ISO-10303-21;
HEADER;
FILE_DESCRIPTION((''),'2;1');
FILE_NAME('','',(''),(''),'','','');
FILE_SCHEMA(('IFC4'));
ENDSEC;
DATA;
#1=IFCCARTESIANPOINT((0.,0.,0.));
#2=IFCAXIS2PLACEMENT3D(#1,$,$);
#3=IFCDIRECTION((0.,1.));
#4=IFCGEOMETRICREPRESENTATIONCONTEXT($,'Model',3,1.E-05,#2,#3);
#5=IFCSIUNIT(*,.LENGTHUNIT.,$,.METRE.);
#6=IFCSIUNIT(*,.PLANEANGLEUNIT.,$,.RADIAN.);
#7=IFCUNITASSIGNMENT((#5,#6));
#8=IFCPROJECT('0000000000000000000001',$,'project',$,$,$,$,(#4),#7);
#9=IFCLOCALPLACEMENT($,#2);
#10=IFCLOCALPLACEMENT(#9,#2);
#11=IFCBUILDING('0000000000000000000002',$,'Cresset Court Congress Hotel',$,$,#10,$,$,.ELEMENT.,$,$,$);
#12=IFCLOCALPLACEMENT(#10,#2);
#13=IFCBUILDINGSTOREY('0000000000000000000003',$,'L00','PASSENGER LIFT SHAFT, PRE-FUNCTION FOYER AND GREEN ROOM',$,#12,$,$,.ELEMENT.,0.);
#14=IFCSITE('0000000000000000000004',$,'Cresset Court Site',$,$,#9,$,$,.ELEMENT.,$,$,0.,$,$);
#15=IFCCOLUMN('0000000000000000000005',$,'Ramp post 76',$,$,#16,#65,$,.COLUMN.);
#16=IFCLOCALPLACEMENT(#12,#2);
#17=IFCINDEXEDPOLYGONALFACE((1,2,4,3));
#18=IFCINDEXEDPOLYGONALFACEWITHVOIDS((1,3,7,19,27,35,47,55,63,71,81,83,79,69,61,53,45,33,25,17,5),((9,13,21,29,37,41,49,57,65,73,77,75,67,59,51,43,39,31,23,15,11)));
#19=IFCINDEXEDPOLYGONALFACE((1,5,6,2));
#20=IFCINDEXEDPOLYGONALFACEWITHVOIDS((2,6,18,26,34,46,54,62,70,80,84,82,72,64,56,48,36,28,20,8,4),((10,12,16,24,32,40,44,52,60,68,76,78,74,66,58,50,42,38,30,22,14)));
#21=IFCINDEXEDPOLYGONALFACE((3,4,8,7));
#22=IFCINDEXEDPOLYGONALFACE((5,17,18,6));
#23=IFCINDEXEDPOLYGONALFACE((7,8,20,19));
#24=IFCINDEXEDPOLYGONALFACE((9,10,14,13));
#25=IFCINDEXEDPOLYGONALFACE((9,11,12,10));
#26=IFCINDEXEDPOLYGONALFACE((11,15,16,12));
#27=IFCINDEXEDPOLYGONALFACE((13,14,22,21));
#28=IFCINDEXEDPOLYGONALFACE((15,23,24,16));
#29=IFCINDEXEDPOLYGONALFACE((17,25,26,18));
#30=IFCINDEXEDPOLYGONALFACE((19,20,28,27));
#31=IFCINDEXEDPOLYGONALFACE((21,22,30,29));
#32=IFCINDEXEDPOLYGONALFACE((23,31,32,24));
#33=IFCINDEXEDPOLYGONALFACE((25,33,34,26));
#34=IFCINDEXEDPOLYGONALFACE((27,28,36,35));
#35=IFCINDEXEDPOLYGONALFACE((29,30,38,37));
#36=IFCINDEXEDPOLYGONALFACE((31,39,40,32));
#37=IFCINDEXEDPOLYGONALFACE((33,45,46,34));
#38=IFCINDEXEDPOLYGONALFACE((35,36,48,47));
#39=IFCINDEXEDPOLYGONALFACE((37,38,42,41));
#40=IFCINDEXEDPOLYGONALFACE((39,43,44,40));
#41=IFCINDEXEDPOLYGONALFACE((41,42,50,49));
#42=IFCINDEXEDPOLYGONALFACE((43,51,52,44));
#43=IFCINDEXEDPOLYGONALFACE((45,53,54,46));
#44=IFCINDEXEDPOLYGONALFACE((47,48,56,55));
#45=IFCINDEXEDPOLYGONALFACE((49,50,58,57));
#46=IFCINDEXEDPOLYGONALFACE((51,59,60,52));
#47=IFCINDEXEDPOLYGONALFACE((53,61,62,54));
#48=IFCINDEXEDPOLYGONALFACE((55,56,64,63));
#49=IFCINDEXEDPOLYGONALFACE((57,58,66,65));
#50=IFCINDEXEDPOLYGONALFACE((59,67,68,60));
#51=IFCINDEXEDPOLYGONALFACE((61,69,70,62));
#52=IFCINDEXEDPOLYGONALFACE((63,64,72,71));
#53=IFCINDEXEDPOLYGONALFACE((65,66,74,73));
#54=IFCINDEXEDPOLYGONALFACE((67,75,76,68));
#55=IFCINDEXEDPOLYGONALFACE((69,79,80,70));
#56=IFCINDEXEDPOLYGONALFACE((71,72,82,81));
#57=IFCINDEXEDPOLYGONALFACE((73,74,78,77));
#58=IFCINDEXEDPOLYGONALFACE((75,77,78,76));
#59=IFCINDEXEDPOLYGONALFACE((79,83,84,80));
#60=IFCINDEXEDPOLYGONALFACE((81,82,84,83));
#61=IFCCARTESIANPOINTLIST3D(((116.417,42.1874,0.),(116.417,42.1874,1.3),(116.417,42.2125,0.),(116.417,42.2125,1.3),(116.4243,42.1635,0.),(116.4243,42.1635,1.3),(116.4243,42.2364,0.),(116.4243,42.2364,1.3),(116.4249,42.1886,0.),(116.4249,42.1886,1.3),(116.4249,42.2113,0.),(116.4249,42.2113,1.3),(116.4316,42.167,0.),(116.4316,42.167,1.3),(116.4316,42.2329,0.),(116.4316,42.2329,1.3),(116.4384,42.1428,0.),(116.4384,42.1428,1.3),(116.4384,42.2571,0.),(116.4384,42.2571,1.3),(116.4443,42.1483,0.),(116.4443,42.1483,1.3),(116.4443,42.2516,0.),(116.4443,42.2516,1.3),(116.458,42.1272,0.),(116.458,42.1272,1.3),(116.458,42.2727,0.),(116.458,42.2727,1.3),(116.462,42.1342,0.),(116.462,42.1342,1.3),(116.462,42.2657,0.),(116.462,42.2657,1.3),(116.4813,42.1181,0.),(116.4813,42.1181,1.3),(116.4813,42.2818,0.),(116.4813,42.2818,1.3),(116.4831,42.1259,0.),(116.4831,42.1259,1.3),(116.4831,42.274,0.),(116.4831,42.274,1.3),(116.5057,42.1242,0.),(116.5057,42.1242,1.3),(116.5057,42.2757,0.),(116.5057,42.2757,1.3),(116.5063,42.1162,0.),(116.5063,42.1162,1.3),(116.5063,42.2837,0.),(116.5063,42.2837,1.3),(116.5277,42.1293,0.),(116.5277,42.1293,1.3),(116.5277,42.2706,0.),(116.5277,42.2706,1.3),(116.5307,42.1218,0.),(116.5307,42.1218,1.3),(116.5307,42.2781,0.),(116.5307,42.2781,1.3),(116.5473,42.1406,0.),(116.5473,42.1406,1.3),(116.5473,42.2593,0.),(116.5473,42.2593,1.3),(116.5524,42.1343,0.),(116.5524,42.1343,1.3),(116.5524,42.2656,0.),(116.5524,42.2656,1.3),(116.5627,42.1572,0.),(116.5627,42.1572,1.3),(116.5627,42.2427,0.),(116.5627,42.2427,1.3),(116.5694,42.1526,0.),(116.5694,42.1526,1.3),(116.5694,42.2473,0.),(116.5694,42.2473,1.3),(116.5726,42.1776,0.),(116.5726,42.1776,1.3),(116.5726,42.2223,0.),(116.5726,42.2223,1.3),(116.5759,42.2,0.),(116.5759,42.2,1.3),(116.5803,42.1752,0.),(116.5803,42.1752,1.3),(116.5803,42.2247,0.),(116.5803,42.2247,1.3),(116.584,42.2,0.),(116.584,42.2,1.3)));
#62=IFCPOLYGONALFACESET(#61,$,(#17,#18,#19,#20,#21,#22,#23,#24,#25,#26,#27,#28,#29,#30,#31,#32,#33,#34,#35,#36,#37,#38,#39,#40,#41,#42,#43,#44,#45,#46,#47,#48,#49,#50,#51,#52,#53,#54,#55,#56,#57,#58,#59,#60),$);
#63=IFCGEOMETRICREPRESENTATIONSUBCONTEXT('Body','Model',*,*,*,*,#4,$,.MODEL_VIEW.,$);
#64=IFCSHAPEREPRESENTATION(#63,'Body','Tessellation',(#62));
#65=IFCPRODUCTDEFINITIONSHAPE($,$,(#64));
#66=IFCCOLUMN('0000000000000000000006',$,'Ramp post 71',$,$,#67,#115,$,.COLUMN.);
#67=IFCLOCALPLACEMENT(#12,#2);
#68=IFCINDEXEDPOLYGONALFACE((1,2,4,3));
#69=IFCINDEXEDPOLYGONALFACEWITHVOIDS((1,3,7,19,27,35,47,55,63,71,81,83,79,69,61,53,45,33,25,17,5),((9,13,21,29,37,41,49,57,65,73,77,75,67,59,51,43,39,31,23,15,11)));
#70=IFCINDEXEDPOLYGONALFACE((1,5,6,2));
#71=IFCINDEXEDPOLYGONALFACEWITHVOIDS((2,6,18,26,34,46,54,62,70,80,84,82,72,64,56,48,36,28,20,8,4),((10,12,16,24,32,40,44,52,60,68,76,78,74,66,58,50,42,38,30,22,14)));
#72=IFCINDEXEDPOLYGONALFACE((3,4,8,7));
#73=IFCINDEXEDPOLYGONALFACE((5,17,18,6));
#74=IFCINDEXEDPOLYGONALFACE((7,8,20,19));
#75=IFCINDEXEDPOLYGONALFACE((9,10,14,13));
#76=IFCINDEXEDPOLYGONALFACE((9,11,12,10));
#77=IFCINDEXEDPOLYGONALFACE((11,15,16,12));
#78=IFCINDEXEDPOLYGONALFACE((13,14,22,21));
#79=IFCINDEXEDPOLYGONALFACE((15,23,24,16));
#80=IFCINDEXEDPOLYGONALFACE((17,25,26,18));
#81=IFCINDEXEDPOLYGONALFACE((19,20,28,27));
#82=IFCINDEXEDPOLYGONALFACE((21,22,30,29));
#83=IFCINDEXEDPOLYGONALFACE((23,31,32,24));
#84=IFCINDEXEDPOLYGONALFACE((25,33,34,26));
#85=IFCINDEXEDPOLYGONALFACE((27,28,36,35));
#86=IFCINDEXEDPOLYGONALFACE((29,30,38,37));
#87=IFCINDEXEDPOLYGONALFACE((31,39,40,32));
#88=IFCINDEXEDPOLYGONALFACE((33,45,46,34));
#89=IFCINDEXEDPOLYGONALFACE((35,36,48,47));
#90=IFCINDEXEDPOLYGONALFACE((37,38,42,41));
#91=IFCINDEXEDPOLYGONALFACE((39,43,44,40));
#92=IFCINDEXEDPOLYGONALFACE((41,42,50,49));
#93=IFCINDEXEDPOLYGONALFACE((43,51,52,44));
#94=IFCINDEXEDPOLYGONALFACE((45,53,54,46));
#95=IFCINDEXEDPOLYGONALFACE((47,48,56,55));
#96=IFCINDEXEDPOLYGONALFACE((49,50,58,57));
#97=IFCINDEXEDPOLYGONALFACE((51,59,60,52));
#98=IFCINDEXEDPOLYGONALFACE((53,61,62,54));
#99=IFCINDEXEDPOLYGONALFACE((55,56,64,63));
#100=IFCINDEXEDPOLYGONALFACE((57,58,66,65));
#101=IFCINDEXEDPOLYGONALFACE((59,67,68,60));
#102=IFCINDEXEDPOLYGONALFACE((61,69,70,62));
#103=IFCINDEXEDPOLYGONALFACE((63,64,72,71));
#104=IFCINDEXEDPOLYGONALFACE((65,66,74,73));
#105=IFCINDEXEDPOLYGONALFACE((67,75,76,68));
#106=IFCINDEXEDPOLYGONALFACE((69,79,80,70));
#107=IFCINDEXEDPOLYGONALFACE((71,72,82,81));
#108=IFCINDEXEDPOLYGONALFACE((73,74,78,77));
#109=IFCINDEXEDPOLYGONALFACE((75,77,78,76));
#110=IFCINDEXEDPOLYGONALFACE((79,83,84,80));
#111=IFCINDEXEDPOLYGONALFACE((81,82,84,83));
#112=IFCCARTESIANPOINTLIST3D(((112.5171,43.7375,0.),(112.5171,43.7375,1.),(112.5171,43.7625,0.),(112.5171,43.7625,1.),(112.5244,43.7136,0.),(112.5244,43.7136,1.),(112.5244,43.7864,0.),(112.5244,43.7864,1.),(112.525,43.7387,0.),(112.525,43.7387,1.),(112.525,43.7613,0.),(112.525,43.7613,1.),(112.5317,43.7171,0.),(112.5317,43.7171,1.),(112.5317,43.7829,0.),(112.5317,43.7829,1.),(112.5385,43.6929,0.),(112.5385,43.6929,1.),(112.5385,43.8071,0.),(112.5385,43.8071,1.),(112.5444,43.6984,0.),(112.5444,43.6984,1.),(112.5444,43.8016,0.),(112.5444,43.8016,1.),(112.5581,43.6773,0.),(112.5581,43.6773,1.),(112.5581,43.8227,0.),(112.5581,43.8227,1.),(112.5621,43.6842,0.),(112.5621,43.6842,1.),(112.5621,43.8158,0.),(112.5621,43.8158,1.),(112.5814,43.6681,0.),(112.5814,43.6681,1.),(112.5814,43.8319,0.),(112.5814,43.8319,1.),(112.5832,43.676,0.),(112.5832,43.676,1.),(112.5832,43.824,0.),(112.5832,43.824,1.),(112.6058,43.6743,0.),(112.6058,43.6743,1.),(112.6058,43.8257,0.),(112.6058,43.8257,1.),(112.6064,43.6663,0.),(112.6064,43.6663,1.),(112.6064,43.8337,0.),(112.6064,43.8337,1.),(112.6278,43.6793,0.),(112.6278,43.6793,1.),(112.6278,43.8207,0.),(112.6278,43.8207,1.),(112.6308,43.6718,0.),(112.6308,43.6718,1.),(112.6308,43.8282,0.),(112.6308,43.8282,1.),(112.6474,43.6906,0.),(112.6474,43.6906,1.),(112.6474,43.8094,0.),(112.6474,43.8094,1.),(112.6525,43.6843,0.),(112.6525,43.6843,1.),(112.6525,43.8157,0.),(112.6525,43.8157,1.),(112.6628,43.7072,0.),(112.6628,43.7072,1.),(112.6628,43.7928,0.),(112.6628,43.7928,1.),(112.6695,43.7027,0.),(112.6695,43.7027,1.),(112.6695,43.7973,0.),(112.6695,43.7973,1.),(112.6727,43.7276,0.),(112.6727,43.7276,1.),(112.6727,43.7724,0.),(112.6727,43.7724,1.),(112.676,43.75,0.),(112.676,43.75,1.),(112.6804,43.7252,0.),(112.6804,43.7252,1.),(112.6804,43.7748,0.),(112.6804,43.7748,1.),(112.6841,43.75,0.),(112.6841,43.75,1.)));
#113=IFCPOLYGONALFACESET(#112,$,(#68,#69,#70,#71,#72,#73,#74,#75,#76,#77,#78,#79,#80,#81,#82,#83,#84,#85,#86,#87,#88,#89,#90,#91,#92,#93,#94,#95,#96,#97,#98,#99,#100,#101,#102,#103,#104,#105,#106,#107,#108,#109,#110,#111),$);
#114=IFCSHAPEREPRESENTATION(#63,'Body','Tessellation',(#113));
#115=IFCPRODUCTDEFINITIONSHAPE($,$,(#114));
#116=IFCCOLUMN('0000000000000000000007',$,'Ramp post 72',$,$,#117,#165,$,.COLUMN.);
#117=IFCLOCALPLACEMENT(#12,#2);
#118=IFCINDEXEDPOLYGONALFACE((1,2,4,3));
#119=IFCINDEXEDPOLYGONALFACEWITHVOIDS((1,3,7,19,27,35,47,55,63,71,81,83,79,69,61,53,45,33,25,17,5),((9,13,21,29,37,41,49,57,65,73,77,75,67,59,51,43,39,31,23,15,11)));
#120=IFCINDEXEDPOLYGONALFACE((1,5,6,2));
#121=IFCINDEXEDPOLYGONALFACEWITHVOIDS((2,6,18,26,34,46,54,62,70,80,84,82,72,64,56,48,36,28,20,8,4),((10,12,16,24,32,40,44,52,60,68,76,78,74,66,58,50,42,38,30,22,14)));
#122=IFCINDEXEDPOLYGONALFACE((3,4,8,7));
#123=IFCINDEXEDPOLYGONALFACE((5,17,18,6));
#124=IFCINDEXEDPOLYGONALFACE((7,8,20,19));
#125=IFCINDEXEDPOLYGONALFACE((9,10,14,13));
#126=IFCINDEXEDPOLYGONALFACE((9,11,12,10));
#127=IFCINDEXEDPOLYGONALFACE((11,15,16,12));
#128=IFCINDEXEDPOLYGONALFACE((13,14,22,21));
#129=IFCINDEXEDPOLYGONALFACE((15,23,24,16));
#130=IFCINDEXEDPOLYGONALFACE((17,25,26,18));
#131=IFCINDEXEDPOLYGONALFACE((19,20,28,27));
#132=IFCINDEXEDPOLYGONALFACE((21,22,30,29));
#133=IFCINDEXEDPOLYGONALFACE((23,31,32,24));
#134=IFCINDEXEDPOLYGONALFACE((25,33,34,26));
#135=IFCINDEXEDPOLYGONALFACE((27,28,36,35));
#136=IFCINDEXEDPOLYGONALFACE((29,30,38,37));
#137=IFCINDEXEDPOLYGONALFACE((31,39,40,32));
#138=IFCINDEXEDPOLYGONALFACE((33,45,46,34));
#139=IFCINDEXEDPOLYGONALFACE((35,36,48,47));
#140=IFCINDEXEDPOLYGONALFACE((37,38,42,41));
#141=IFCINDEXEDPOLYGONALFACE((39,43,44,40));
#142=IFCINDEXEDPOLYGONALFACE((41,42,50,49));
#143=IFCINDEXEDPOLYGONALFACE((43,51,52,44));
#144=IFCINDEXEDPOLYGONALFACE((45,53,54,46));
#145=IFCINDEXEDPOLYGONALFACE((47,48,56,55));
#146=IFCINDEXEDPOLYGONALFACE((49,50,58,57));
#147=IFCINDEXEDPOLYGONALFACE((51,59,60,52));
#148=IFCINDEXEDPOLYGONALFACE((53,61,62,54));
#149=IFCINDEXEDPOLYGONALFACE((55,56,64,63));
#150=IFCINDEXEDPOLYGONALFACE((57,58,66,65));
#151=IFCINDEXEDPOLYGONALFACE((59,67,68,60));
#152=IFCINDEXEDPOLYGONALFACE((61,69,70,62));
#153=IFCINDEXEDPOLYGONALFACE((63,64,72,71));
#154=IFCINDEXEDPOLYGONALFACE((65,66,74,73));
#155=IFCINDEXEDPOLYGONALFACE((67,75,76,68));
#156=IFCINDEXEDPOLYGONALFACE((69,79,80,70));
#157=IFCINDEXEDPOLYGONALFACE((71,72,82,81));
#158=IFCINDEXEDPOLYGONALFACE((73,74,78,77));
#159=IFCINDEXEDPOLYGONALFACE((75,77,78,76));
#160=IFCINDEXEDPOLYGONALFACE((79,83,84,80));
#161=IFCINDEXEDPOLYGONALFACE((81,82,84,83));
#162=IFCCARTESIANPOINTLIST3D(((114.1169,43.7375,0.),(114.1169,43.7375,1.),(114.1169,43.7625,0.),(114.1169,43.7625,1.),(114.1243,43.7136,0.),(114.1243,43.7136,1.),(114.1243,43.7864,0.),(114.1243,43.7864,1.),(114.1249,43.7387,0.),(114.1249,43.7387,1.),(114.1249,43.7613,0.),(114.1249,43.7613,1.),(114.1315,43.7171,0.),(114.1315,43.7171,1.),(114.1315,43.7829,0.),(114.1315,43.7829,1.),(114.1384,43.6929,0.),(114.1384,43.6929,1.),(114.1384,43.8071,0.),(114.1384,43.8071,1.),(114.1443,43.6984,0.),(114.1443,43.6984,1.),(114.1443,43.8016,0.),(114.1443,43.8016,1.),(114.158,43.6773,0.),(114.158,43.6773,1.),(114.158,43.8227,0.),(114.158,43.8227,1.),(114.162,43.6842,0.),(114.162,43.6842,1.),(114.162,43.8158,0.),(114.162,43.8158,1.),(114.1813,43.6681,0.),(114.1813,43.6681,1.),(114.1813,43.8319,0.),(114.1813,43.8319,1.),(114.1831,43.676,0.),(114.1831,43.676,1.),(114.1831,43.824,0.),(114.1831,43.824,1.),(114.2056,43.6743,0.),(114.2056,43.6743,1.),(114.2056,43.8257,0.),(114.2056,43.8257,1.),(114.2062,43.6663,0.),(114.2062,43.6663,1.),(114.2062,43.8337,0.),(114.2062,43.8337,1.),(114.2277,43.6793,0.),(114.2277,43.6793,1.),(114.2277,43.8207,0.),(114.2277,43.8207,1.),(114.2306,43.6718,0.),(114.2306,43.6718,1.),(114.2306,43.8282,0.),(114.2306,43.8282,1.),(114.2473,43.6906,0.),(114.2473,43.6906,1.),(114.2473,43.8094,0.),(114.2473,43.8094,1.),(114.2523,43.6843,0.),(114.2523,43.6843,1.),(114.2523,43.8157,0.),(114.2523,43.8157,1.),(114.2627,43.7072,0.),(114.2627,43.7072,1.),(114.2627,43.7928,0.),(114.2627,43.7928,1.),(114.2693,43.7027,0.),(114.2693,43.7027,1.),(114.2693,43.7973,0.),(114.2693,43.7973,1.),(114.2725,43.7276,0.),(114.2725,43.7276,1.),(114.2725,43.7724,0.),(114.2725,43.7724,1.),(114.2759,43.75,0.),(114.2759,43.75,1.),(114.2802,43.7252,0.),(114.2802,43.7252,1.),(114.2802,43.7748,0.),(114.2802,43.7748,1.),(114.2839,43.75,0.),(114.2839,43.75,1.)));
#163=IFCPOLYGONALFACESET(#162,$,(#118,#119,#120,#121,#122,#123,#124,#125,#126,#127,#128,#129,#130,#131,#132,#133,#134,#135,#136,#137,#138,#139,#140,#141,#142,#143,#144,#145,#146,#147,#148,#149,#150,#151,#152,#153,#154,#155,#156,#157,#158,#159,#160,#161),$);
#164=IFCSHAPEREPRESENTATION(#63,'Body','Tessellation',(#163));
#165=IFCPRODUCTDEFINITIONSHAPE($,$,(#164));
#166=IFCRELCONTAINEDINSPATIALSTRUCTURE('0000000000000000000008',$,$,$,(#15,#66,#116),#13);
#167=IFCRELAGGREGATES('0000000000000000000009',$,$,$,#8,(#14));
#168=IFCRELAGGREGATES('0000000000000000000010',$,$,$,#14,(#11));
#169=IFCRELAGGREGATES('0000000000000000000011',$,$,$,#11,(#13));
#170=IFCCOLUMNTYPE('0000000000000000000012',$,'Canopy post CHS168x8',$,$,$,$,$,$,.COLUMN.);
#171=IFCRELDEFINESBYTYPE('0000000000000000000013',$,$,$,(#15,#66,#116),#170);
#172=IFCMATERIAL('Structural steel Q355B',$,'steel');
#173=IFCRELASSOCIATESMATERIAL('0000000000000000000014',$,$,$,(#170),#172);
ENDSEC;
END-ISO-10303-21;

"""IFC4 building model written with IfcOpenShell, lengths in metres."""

from ifc_helpers import new_model, si_unit, direction, frame, origin, origin_2d, place, context, subcontext, project, spatial, hollow_circle, extrude, material, material_profile, profile_set, type_object, element, save


model = new_model("IFC4")

# Units and contexts
model_context = context("Model", 3, precision=1e-05, world=origin(), true_north=direction((0.0, 1.0)))
body_context = subcontext(model_context, "Body", "Model", "MODEL_VIEW")
ifc_project = project(units=[si_unit("LENGTHUNIT", "METRE"), si_unit("PLANEANGLEUNIT", "RADIAN")], contexts=[model_context])

# Site, building, storey
site_placement = place(None, origin())
site = spatial("IfcSite", under=ifc_project, at=site_placement, Name="Cresset Court Site", CompositionType="ELEMENT", RefElevation=0.0)
building_placement = place(site_placement, origin())
building = spatial("IfcBuilding", under=site, at=building_placement, Name="Cresset Court Congress Hotel", CompositionType="ELEMENT")
storey_placement = place(building_placement, origin())
storey = spatial("IfcBuildingStorey", under=building, at=storey_placement, Name="L00", Description="PASSENGER LIFT SHAFT, PRE-FUNCTION FOYER AND GREEN ROOM", CompositionType="ELEMENT", Elevation=0.0)

# Columns
ifc_material_1 = material(Name="Structural steel Q355B", Category="steel")
ifc_material_profile_1 = material_profile(ifc_material_1, hollow_circle(Radius=0.084, WallThickness=0.0081, at=origin_2d()), Name="CHS168x8")
ifc_profile_set_1 = profile_set([ifc_material_profile_1], Name="Structural steel Q355B")
column_type = type_object("IfcColumnType", Name="Canopy post CHS168x8", PredefinedType="COLUMN", material=ifc_profile_set_1)
for number, where, z_axis, x_axis, name in (
    (1, (116.5, 42.2, 0.0), (0.0, 0.0, 1.0), (1.0, 0.0, 0.0), "Ramp post 76"),
):
    element("IfcColumn", number, at=place(storey_placement, frame(where, z_axis=z_axis, x_axis=x_axis)), inside=storey, type_object=column_type, Name=name, PredefinedType="COLUMN", context=body_context, shape_type="SweptSolid", body=[
        extrude(hollow_circle(Radius=0.084, WallThickness=0.0081, at=origin_2d()), origin(), (0.0, 0.0, 1.0), 1.3),
    ])
for number, where, z_axis, x_axis, name in (
    (2, (112.6001, 43.75, 0.0), (0.0, 0.0, 1.0), (1.0, 0.0, 0.0), "Ramp post 71"),
    (3, (114.2, 43.75, 0.0), (0.0, 0.0, 1.0), (1.0, 0.0, 0.0), "Ramp post 72"),
):
    element("IfcColumn", number, at=place(storey_placement, frame(where, z_axis=z_axis, x_axis=x_axis)), inside=storey, type_object=column_type, Name=name, PredefinedType="COLUMN", context=body_context, shape_type="SweptSolid", body=[
        extrude(hollow_circle(Radius=0.084, WallThickness=0.0081, at=origin_2d()), origin(), (0.0, 0.0, 1.0), 1.0),
    ])

save(model, "model.ifc")
